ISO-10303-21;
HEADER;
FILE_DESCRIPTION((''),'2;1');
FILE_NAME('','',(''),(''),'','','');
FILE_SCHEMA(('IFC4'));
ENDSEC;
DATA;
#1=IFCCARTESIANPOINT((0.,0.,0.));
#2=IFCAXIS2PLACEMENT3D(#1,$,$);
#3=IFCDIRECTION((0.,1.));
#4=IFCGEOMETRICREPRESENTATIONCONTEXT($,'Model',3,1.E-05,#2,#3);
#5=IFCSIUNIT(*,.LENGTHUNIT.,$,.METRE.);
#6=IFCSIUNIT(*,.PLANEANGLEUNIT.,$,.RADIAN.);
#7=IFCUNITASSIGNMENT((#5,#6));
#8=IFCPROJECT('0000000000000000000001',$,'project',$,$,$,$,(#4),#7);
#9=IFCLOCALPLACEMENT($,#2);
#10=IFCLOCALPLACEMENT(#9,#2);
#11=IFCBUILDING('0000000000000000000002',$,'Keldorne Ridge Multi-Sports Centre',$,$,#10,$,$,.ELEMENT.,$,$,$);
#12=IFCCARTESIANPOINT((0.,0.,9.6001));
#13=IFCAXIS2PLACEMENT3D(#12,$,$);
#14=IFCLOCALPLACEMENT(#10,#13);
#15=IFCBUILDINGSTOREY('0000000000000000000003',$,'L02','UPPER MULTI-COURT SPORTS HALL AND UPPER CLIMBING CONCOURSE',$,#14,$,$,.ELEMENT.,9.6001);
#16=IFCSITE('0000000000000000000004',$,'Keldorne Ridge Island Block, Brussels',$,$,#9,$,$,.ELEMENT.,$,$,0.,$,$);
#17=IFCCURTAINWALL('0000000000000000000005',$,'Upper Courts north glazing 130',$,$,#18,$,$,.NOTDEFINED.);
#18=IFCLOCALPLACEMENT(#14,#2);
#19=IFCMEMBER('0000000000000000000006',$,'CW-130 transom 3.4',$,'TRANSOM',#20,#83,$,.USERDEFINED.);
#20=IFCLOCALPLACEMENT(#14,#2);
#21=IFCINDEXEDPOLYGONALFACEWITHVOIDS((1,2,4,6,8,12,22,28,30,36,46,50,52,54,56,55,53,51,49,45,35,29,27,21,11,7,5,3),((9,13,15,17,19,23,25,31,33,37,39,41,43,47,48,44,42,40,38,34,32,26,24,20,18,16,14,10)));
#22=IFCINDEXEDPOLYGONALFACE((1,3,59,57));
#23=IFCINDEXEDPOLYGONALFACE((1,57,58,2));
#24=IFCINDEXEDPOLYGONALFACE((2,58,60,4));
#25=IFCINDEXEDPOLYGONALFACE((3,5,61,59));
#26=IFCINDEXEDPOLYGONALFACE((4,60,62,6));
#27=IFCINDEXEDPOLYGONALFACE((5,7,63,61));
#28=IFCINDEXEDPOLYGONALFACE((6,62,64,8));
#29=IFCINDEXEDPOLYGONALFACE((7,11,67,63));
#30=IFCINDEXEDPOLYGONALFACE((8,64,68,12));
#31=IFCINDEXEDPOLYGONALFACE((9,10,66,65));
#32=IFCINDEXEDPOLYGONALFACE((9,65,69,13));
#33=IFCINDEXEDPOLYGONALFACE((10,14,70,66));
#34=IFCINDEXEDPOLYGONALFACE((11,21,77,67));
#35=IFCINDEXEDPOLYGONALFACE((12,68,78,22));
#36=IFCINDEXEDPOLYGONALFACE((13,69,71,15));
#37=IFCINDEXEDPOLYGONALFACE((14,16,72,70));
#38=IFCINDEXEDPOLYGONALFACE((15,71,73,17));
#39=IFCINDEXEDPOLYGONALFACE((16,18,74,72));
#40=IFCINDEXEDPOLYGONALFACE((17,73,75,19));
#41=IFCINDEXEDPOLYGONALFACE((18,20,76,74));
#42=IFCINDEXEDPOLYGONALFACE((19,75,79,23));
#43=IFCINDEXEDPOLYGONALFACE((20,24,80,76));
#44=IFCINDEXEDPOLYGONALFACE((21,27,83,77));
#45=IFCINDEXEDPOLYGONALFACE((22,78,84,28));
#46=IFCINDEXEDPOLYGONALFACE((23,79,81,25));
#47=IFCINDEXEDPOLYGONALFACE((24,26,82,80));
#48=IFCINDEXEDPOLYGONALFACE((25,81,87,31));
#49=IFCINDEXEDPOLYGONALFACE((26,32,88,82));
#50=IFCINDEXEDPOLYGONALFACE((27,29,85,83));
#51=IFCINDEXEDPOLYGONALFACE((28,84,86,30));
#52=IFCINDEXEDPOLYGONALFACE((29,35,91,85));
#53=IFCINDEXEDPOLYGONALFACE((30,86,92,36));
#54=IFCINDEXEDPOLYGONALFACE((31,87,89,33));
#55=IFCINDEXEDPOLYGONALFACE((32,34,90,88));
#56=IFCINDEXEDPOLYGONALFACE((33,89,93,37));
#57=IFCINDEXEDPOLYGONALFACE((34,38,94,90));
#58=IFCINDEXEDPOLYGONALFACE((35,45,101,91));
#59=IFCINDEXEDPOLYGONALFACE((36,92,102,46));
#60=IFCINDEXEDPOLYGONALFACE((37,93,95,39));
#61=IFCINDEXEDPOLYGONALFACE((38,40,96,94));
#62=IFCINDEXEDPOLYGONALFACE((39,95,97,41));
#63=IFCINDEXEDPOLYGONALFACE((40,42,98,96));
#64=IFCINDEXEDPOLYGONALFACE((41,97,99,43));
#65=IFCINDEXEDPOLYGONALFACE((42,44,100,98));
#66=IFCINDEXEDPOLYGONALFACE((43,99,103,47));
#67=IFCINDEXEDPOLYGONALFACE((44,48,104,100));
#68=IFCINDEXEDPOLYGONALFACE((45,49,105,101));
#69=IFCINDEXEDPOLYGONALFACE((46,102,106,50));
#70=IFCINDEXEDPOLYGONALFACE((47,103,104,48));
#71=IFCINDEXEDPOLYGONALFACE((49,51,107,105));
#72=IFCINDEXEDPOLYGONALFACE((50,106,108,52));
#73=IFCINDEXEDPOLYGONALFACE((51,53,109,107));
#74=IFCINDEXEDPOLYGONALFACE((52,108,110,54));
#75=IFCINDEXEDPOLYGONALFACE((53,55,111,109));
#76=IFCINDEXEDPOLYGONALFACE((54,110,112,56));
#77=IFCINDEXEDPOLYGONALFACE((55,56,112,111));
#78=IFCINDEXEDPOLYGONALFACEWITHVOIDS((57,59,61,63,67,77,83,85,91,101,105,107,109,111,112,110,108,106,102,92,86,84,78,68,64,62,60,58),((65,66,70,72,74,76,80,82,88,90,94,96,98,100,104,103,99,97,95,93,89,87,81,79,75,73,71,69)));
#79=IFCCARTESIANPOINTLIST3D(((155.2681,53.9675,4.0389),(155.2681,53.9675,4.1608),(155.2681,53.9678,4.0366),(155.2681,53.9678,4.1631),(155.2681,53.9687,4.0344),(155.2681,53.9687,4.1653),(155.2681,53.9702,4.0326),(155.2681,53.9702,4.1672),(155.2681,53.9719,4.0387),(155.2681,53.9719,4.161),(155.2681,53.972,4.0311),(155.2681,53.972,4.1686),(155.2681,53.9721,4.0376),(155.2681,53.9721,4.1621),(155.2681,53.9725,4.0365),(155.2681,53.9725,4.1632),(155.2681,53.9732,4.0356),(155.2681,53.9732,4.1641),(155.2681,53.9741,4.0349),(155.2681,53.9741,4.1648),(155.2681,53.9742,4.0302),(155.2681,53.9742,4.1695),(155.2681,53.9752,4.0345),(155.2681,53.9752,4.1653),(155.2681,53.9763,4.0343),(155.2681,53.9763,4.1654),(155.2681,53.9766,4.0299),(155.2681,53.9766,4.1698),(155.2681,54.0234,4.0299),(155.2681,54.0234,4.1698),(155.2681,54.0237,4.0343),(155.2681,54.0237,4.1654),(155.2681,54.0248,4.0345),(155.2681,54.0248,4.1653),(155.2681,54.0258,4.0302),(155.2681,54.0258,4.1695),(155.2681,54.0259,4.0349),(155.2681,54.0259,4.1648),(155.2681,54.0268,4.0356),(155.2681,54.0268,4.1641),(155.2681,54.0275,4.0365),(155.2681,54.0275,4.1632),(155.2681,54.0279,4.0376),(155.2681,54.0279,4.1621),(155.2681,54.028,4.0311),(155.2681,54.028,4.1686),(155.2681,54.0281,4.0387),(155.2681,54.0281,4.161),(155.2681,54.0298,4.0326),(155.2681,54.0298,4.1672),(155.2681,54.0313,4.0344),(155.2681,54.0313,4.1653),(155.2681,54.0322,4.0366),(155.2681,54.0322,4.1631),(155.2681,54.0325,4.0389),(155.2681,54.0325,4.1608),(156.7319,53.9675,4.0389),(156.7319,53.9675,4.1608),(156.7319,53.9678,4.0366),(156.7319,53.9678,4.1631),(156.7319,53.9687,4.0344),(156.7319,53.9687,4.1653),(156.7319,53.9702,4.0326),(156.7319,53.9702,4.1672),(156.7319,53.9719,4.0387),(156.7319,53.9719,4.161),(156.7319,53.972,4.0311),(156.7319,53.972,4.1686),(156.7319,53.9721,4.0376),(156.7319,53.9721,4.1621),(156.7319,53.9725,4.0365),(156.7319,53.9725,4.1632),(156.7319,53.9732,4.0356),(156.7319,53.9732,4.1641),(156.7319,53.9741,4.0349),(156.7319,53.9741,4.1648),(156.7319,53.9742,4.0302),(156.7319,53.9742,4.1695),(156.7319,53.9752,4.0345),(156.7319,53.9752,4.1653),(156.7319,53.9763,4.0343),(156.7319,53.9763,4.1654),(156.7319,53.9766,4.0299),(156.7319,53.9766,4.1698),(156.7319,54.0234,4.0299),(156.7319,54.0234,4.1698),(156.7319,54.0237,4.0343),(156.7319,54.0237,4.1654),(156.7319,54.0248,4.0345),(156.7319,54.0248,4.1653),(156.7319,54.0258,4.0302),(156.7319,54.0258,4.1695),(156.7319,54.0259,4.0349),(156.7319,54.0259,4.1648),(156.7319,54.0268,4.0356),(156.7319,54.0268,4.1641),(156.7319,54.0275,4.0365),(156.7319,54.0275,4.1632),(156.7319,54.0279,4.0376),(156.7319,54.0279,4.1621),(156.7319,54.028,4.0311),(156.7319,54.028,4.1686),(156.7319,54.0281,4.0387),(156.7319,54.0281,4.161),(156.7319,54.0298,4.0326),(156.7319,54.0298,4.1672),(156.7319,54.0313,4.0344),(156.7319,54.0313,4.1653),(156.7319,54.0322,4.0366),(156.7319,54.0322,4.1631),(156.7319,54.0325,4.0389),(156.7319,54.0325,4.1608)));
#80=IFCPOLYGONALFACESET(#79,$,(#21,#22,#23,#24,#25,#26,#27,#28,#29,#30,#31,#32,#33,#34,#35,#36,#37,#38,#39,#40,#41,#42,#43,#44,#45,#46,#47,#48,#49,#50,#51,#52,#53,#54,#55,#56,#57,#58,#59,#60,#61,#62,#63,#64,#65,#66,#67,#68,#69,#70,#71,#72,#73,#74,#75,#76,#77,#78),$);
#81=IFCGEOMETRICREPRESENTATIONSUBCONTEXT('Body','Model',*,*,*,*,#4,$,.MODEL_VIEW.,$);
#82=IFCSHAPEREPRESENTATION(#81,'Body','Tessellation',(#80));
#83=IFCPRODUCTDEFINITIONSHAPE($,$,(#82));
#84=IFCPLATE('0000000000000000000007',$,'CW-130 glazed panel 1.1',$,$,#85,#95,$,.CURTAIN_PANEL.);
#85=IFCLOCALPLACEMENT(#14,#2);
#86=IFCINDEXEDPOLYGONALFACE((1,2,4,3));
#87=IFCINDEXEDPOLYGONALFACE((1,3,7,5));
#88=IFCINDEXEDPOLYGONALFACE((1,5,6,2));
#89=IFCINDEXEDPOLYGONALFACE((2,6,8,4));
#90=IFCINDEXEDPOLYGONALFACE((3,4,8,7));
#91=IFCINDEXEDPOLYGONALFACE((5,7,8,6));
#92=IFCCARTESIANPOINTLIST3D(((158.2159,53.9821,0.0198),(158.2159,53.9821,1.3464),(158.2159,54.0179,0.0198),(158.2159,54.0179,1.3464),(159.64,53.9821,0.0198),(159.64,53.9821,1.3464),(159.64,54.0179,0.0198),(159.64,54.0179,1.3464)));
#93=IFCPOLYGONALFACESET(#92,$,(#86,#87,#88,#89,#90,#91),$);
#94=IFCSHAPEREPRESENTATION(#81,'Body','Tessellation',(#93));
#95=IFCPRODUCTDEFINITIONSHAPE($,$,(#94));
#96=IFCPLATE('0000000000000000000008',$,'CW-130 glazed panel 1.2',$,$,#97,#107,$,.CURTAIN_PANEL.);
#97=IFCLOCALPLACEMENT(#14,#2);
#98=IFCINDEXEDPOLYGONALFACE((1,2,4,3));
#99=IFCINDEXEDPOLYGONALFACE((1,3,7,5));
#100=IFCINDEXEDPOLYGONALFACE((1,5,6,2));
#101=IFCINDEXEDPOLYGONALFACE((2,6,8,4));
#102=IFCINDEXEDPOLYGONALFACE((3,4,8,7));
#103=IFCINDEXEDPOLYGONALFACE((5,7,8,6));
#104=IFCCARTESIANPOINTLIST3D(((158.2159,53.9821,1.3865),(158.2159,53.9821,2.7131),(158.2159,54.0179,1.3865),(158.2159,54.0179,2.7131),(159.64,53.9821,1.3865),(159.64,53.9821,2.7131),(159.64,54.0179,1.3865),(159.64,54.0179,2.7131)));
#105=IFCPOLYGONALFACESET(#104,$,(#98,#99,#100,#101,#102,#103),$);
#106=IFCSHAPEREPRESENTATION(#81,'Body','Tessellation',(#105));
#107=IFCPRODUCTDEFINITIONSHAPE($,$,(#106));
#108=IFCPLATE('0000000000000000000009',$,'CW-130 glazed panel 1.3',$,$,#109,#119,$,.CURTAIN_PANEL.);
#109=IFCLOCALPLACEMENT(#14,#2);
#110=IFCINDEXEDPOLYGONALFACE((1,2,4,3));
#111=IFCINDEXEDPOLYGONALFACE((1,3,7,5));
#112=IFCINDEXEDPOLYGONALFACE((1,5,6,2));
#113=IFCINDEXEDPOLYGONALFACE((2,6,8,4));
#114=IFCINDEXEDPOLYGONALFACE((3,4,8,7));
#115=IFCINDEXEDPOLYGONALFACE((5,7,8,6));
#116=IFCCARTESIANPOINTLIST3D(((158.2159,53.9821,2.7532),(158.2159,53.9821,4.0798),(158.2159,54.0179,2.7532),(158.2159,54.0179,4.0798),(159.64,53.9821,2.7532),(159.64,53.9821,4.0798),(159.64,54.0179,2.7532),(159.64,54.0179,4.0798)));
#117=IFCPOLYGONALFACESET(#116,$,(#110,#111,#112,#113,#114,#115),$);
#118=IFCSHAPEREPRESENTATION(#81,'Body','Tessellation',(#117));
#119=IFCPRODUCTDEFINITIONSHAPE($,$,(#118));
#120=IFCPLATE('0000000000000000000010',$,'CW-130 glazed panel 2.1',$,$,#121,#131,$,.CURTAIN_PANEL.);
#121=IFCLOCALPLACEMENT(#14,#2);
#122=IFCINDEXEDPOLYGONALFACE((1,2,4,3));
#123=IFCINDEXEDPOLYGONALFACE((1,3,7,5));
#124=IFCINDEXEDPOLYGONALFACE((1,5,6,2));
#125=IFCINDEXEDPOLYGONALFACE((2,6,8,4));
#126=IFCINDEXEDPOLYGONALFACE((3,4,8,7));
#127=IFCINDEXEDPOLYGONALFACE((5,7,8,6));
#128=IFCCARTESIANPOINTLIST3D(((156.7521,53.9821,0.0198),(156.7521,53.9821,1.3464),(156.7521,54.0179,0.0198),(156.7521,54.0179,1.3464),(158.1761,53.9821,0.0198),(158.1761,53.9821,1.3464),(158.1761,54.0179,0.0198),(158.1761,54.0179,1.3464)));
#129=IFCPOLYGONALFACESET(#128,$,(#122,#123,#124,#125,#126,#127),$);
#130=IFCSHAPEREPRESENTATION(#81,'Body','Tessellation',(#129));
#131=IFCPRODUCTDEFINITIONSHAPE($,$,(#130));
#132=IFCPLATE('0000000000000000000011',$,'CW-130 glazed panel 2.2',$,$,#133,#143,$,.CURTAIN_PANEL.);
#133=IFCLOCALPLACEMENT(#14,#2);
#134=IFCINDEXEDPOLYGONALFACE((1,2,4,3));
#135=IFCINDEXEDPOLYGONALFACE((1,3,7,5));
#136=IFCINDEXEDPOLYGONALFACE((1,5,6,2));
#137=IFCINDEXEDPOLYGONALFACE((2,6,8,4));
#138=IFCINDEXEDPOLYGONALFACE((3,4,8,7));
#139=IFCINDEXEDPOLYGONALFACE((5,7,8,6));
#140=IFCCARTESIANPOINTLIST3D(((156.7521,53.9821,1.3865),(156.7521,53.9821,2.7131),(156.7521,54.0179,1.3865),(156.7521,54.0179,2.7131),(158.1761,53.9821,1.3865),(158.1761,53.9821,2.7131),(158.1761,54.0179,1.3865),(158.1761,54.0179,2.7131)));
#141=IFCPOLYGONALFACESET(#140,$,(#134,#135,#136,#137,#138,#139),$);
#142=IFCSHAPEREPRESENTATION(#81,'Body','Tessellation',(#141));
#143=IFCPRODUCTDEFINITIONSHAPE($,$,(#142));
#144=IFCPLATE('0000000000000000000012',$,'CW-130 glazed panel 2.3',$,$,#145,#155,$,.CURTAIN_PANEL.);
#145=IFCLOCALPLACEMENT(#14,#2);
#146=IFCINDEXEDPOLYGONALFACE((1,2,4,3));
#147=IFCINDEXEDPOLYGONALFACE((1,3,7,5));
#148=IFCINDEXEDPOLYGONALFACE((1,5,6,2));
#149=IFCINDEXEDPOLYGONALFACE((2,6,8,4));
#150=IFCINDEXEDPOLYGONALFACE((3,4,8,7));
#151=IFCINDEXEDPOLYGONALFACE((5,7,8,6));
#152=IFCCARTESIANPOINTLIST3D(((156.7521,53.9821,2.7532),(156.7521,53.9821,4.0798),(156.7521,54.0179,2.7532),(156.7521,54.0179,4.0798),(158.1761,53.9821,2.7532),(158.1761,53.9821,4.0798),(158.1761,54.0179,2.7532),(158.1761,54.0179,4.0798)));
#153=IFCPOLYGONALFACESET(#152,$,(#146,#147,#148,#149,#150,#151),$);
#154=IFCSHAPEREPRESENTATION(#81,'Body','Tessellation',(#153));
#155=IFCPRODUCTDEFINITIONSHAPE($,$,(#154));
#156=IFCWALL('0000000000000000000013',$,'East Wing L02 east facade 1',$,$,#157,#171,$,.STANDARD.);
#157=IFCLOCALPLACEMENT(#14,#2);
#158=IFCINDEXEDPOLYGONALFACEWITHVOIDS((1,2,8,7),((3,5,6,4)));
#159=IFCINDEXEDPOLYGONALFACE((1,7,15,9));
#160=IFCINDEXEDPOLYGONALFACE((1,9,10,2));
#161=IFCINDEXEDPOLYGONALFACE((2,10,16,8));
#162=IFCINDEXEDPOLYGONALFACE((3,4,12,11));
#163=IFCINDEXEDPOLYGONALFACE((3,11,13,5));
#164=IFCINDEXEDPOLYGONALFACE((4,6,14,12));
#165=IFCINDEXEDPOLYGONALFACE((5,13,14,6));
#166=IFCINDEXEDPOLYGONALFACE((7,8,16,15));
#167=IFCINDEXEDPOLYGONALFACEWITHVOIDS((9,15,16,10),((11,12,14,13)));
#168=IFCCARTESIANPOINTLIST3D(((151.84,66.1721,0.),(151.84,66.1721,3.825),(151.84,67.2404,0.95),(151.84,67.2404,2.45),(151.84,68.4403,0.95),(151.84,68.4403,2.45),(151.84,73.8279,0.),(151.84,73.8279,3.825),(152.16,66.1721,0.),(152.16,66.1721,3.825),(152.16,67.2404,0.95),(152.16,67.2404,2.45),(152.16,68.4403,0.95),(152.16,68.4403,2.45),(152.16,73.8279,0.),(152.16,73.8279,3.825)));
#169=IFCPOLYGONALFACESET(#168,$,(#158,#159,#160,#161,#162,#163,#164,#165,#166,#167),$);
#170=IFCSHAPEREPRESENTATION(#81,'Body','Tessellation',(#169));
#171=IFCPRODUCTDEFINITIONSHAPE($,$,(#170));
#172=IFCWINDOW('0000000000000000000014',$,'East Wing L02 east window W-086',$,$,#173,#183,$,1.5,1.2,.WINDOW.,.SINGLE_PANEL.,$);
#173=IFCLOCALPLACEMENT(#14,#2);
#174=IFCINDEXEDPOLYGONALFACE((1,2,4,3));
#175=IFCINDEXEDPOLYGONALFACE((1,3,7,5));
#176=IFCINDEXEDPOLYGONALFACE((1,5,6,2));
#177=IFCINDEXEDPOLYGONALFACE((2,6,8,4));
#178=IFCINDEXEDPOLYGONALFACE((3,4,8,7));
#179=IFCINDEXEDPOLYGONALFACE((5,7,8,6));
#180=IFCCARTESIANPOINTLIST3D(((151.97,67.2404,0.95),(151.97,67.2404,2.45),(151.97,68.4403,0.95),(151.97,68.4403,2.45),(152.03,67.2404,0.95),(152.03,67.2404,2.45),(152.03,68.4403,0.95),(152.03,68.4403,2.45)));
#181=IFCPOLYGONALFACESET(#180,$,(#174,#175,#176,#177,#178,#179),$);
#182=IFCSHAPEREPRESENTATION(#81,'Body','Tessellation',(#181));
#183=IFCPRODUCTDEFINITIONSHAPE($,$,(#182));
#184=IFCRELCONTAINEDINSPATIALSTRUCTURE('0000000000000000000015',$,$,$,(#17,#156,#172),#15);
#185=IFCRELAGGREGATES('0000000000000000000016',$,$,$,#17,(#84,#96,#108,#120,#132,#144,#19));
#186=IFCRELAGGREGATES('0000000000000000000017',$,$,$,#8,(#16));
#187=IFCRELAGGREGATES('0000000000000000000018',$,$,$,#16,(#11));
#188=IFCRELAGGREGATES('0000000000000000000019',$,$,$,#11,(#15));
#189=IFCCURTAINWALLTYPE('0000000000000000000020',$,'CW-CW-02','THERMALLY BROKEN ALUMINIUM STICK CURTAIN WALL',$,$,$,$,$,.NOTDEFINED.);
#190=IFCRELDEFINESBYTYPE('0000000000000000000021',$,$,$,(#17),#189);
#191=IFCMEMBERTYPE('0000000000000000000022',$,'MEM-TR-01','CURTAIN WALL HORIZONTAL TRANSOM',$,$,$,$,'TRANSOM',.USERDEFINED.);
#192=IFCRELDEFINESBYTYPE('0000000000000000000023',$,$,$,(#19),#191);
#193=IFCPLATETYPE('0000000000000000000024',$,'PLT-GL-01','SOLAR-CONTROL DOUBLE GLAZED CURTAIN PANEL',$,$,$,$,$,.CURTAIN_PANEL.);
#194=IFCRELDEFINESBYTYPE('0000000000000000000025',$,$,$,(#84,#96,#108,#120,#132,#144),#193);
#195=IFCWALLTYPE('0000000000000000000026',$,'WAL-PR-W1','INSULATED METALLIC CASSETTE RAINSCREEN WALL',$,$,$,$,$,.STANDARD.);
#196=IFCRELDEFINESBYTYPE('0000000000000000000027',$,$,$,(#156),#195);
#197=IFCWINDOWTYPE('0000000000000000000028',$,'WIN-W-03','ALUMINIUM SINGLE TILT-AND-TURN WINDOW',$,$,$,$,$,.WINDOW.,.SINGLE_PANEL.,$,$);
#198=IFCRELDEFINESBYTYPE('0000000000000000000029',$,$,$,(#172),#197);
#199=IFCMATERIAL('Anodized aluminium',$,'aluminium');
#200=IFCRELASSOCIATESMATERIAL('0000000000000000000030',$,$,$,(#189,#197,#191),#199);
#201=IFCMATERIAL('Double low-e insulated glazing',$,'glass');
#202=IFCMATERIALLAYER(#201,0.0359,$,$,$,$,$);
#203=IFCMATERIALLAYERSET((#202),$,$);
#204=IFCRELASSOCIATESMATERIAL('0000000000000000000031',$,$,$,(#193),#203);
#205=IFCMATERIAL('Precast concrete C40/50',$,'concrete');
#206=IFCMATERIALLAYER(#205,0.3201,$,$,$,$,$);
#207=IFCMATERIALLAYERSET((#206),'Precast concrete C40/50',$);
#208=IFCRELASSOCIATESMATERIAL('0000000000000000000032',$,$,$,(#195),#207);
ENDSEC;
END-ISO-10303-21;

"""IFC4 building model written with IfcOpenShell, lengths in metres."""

from ifc_helpers import new_model, si_unit, direction, frame, frame_2d, origin, origin_2d, place, context, subcontext, project, spatial, rectangle, hollow_rectangle, extrude, material, layer, layer_set, material_profile, profile_set, type_object, element, fill, aggregate, save


model = new_model("IFC4")

# Units and contexts
model_context = context("Model", 3, precision=1e-05, world=origin(), true_north=direction((0.0, 1.0)))
body_context = subcontext(model_context, "Body", "Model", "MODEL_VIEW")
ifc_project = project(units=[si_unit("LENGTHUNIT", "METRE"), si_unit("PLANEANGLEUNIT", "RADIAN")], contexts=[model_context])

# Site, building, storey
site_placement = place(None, origin())
site = spatial("IfcSite", under=ifc_project, at=site_placement, Name="Keldorne Ridge Island Block, Brussels", CompositionType="ELEMENT", RefElevation=0.0)
building_placement = place(site_placement, origin())
building = spatial("IfcBuilding", under=site, at=building_placement, Name="Keldorne Ridge Multi-Sports Centre", CompositionType="ELEMENT")
storey_placement = place(building_placement, frame((0.0, 0.0, 9.6001)))
storey = spatial("IfcBuildingStorey", under=building, at=storey_placement, Name="L02", Description="UPPER MULTI-COURT SPORTS HALL AND UPPER CLIMBING CONCOURSE", CompositionType="ELEMENT", Elevation=9.6001)

# Curtain wall, member, plates
ifc_material_1 = material(Name="Anodized aluminium", Category="aluminium")
curtain_wall_type = type_object("IfcCurtainWallType", Name="CW-CW-02", Description="THERMALLY BROKEN ALUMINIUM STICK CURTAIN WALL", PredefinedType="NOTDEFINED", material=ifc_material_1)
curtain_wall_placement = place(storey_placement, origin())
curtain_wall = element("IfcCurtainWall", 1, at=curtain_wall_placement, inside=storey, type_object=curtain_wall_type, Name="Upper Courts north glazing 130", PredefinedType="NOTDEFINED")
ifc_material_profile_1 = material_profile(ifc_material_1, hollow_rectangle(XDim=0.0649, YDim=0.1399, WallThickness=0.0044, InnerFilletRadius=0.0044, OuterFilletRadius=0.009, at=origin_2d()), Name="ALU TRANSOM 140x65x4.5")
ifc_profile_set_1 = profile_set([ifc_material_profile_1], Name="Anodized aluminium")
member_type_1 = type_object("IfcMemberType", Name="MEM-TR-01", Description="CURTAIN WALL HORIZONTAL TRANSOM", ElementType="TRANSOM", PredefinedType="USERDEFINED", material=ifc_profile_set_1)
member_1_placement = place(storey_placement, frame((156.7319, 54.0, 4.0999), z_axis=(-1.0, 0.0, 0.0), x_axis=(0.0, -1.0, 0.0)))
member_1 = element("IfcMember", 2, at=member_1_placement, type_object=member_type_1, Name="CW-130 transom 3.4", ObjectType="TRANSOM", PredefinedType="USERDEFINED", context=body_context, shape_type="SweptSolid", body=[
    extrude(hollow_rectangle(XDim=0.0649, YDim=0.1399, WallThickness=0.0044, InnerFilletRadius=0.0044, OuterFilletRadius=0.009, at=origin_2d()), origin(), (0.0, 0.0, 1.0), 1.4639),
])
ifc_material_2 = material(Name="Double low-e insulated glazing", Category="glass")
ifc_layer_1 = layer(ifc_material_2, 0.0359)
ifc_layer_set_1 = layer_set([ifc_layer_1])
plate_type = type_object("IfcPlateType", Name="PLT-GL-01", Description="SOLAR-CONTROL DOUBLE GLAZED CURTAIN PANEL", PredefinedType="CURTAIN_PANEL", material=ifc_layer_set_1)
plate_1_placement = place(storey_placement, frame((158.928, 54.0, 0.0198), z_axis=(0.0, 0.0, 1.0), x_axis=(-1.0, 0.0, 0.0)))
plate_1 = element("IfcPlate", 3, at=plate_1_placement, type_object=plate_type, Name="CW-130 glazed panel 1.1", PredefinedType="CURTAIN_PANEL", context=body_context, shape_type="SweptSolid", body=[
    extrude(rectangle(XDim=1.4241, YDim=0.0359, at=origin_2d()), origin(), (0.0, 0.0, 1.0), 1.3267),
])
plate_2_placement = place(storey_placement, frame((158.928, 54.0, 1.3865), z_axis=(0.0, 0.0, 1.0), x_axis=(-1.0, 0.0, 0.0)))
plate_2 = element("IfcPlate", 4, at=plate_2_placement, type_object=plate_type, Name="CW-130 glazed panel 1.2", PredefinedType="CURTAIN_PANEL", context=body_context, shape_type="SweptSolid", body=[
    extrude(rectangle(XDim=1.4241, YDim=0.0359, at=origin_2d()), origin(), (0.0, 0.0, 1.0), 1.3267),
])
plate_3_placement = place(storey_placement, frame((158.928, 54.0, 2.7532), z_axis=(0.0, 0.0, 1.0), x_axis=(-1.0, 0.0, 0.0)))
plate_3 = element("IfcPlate", 5, at=plate_3_placement, type_object=plate_type, Name="CW-130 glazed panel 1.3", PredefinedType="CURTAIN_PANEL", context=body_context, shape_type="SweptSolid", body=[
    extrude(rectangle(XDim=1.4241, YDim=0.0359, at=origin_2d()), origin(), (0.0, 0.0, 1.0), 1.3267),
])
plate_4_placement = place(storey_placement, frame((157.4641, 54.0, 0.0198), z_axis=(0.0, 0.0, 1.0), x_axis=(-1.0, 0.0, 0.0)))
plate_4 = element("IfcPlate", 6, at=plate_4_placement, type_object=plate_type, Name="CW-130 glazed panel 2.1", PredefinedType="CURTAIN_PANEL", context=body_context, shape_type="SweptSolid", body=[
    extrude(rectangle(XDim=1.4241, YDim=0.0359, at=origin_2d()), origin(), (0.0, 0.0, 1.0), 1.3267),
])
plate_5_placement = place(storey_placement, frame((157.4641, 54.0, 1.3865), z_axis=(0.0, 0.0, 1.0), x_axis=(-1.0, 0.0, 0.0)))
plate_5 = element("IfcPlate", 7, at=plate_5_placement, type_object=plate_type, Name="CW-130 glazed panel 2.2", PredefinedType="CURTAIN_PANEL", context=body_context, shape_type="SweptSolid", body=[
    extrude(rectangle(XDim=1.4241, YDim=0.0359, at=origin_2d()), origin(), (0.0, 0.0, 1.0), 1.3267),
])
plate_6_placement = place(storey_placement, frame((157.4641, 54.0, 2.7532), z_axis=(0.0, 0.0, 1.0), x_axis=(-1.0, 0.0, 0.0)))
plate_6 = element("IfcPlate", 8, at=plate_6_placement, type_object=plate_type, Name="CW-130 glazed panel 2.3", PredefinedType="CURTAIN_PANEL", context=body_context, shape_type="SweptSolid", body=[
    extrude(rectangle(XDim=1.4241, YDim=0.0359, at=origin_2d()), origin(), (0.0, 0.0, 1.0), 1.3267),
])
aggregate(curtain_wall, [plate_1, plate_2, plate_3, plate_4, plate_5, plate_6, member_1])

# Wall, opening, window
ifc_material_3 = material(Name="Precast concrete C40/50", Category="concrete")
ifc_layer_2 = layer(ifc_material_3, 0.3201)
ifc_layer_set_2 = layer_set([ifc_layer_2], Name="Precast concrete C40/50")
wall_type = type_object("IfcWallType", Name="WAL-PR-W1", Description="INSULATED METALLIC CASSETTE RAINSCREEN WALL", PredefinedType="STANDARD", material=ifc_layer_set_2)
wall_placement = place(storey_placement, frame((152.0, 66.1721, 0.0), z_axis=(0.0, 0.0, 1.0), x_axis=(0.0, 1.0, 0.0)))
wall = element("IfcWall", 9, at=wall_placement, inside=storey, type_object=wall_type, Name="East Wing L02 east facade 1", PredefinedType="STANDARD", context=body_context, shape_type="SweptSolid", body=[
    extrude(rectangle(XDim=7.6558, YDim=0.3201, at=frame_2d((3.8279, 0.0))), origin(), (0.0, 0.0, 1.0), 3.825),
])
opening_placement = place(wall_placement, frame((1.0681, 0.0, 0.95)))
opening = element("IfcOpeningElement", 10, at=opening_placement, cuts=wall, PredefinedType="OPENING", context=body_context, shape_type="SweptSolid", body=[
    extrude(rectangle(XDim=1.2, YDim=1.5, at=frame_2d((0.6001, 0.75))), frame((0.0, 0.1699, 0.0), z_axis=(0.0, -1.0, 0.0), x_axis=(1.0, 0.0, 0.0)), (0.0, 0.0, 1.0), 0.3401),
])
window_type = type_object("IfcWindowType", Name="WIN-W-03", Description="ALUMINIUM SINGLE TILT-AND-TURN WINDOW", PartitioningType="SINGLE_PANEL", PredefinedType="WINDOW", material=ifc_material_1)
window_placement = place(opening_placement, origin())
window = element("IfcWindow", 11, at=window_placement, inside=storey, type_object=window_type, Name="East Wing L02 east window W-086", OverallHeight=1.5, OverallWidth=1.2, PartitioningType="SINGLE_PANEL", PredefinedType="WINDOW", context=body_context, shape_type="SweptSolid", body=[
    extrude(rectangle(XDim=1.2, YDim=1.5, at=frame_2d((0.6001, 0.75))), frame((0.0, 0.03, 0.0), z_axis=(0.0, -1.0, 0.0), x_axis=(1.0, 0.0, 0.0)), (0.0, 0.0, 1.0), 0.0601),
])
fill(opening, window)

save(model, "model.ifc")
